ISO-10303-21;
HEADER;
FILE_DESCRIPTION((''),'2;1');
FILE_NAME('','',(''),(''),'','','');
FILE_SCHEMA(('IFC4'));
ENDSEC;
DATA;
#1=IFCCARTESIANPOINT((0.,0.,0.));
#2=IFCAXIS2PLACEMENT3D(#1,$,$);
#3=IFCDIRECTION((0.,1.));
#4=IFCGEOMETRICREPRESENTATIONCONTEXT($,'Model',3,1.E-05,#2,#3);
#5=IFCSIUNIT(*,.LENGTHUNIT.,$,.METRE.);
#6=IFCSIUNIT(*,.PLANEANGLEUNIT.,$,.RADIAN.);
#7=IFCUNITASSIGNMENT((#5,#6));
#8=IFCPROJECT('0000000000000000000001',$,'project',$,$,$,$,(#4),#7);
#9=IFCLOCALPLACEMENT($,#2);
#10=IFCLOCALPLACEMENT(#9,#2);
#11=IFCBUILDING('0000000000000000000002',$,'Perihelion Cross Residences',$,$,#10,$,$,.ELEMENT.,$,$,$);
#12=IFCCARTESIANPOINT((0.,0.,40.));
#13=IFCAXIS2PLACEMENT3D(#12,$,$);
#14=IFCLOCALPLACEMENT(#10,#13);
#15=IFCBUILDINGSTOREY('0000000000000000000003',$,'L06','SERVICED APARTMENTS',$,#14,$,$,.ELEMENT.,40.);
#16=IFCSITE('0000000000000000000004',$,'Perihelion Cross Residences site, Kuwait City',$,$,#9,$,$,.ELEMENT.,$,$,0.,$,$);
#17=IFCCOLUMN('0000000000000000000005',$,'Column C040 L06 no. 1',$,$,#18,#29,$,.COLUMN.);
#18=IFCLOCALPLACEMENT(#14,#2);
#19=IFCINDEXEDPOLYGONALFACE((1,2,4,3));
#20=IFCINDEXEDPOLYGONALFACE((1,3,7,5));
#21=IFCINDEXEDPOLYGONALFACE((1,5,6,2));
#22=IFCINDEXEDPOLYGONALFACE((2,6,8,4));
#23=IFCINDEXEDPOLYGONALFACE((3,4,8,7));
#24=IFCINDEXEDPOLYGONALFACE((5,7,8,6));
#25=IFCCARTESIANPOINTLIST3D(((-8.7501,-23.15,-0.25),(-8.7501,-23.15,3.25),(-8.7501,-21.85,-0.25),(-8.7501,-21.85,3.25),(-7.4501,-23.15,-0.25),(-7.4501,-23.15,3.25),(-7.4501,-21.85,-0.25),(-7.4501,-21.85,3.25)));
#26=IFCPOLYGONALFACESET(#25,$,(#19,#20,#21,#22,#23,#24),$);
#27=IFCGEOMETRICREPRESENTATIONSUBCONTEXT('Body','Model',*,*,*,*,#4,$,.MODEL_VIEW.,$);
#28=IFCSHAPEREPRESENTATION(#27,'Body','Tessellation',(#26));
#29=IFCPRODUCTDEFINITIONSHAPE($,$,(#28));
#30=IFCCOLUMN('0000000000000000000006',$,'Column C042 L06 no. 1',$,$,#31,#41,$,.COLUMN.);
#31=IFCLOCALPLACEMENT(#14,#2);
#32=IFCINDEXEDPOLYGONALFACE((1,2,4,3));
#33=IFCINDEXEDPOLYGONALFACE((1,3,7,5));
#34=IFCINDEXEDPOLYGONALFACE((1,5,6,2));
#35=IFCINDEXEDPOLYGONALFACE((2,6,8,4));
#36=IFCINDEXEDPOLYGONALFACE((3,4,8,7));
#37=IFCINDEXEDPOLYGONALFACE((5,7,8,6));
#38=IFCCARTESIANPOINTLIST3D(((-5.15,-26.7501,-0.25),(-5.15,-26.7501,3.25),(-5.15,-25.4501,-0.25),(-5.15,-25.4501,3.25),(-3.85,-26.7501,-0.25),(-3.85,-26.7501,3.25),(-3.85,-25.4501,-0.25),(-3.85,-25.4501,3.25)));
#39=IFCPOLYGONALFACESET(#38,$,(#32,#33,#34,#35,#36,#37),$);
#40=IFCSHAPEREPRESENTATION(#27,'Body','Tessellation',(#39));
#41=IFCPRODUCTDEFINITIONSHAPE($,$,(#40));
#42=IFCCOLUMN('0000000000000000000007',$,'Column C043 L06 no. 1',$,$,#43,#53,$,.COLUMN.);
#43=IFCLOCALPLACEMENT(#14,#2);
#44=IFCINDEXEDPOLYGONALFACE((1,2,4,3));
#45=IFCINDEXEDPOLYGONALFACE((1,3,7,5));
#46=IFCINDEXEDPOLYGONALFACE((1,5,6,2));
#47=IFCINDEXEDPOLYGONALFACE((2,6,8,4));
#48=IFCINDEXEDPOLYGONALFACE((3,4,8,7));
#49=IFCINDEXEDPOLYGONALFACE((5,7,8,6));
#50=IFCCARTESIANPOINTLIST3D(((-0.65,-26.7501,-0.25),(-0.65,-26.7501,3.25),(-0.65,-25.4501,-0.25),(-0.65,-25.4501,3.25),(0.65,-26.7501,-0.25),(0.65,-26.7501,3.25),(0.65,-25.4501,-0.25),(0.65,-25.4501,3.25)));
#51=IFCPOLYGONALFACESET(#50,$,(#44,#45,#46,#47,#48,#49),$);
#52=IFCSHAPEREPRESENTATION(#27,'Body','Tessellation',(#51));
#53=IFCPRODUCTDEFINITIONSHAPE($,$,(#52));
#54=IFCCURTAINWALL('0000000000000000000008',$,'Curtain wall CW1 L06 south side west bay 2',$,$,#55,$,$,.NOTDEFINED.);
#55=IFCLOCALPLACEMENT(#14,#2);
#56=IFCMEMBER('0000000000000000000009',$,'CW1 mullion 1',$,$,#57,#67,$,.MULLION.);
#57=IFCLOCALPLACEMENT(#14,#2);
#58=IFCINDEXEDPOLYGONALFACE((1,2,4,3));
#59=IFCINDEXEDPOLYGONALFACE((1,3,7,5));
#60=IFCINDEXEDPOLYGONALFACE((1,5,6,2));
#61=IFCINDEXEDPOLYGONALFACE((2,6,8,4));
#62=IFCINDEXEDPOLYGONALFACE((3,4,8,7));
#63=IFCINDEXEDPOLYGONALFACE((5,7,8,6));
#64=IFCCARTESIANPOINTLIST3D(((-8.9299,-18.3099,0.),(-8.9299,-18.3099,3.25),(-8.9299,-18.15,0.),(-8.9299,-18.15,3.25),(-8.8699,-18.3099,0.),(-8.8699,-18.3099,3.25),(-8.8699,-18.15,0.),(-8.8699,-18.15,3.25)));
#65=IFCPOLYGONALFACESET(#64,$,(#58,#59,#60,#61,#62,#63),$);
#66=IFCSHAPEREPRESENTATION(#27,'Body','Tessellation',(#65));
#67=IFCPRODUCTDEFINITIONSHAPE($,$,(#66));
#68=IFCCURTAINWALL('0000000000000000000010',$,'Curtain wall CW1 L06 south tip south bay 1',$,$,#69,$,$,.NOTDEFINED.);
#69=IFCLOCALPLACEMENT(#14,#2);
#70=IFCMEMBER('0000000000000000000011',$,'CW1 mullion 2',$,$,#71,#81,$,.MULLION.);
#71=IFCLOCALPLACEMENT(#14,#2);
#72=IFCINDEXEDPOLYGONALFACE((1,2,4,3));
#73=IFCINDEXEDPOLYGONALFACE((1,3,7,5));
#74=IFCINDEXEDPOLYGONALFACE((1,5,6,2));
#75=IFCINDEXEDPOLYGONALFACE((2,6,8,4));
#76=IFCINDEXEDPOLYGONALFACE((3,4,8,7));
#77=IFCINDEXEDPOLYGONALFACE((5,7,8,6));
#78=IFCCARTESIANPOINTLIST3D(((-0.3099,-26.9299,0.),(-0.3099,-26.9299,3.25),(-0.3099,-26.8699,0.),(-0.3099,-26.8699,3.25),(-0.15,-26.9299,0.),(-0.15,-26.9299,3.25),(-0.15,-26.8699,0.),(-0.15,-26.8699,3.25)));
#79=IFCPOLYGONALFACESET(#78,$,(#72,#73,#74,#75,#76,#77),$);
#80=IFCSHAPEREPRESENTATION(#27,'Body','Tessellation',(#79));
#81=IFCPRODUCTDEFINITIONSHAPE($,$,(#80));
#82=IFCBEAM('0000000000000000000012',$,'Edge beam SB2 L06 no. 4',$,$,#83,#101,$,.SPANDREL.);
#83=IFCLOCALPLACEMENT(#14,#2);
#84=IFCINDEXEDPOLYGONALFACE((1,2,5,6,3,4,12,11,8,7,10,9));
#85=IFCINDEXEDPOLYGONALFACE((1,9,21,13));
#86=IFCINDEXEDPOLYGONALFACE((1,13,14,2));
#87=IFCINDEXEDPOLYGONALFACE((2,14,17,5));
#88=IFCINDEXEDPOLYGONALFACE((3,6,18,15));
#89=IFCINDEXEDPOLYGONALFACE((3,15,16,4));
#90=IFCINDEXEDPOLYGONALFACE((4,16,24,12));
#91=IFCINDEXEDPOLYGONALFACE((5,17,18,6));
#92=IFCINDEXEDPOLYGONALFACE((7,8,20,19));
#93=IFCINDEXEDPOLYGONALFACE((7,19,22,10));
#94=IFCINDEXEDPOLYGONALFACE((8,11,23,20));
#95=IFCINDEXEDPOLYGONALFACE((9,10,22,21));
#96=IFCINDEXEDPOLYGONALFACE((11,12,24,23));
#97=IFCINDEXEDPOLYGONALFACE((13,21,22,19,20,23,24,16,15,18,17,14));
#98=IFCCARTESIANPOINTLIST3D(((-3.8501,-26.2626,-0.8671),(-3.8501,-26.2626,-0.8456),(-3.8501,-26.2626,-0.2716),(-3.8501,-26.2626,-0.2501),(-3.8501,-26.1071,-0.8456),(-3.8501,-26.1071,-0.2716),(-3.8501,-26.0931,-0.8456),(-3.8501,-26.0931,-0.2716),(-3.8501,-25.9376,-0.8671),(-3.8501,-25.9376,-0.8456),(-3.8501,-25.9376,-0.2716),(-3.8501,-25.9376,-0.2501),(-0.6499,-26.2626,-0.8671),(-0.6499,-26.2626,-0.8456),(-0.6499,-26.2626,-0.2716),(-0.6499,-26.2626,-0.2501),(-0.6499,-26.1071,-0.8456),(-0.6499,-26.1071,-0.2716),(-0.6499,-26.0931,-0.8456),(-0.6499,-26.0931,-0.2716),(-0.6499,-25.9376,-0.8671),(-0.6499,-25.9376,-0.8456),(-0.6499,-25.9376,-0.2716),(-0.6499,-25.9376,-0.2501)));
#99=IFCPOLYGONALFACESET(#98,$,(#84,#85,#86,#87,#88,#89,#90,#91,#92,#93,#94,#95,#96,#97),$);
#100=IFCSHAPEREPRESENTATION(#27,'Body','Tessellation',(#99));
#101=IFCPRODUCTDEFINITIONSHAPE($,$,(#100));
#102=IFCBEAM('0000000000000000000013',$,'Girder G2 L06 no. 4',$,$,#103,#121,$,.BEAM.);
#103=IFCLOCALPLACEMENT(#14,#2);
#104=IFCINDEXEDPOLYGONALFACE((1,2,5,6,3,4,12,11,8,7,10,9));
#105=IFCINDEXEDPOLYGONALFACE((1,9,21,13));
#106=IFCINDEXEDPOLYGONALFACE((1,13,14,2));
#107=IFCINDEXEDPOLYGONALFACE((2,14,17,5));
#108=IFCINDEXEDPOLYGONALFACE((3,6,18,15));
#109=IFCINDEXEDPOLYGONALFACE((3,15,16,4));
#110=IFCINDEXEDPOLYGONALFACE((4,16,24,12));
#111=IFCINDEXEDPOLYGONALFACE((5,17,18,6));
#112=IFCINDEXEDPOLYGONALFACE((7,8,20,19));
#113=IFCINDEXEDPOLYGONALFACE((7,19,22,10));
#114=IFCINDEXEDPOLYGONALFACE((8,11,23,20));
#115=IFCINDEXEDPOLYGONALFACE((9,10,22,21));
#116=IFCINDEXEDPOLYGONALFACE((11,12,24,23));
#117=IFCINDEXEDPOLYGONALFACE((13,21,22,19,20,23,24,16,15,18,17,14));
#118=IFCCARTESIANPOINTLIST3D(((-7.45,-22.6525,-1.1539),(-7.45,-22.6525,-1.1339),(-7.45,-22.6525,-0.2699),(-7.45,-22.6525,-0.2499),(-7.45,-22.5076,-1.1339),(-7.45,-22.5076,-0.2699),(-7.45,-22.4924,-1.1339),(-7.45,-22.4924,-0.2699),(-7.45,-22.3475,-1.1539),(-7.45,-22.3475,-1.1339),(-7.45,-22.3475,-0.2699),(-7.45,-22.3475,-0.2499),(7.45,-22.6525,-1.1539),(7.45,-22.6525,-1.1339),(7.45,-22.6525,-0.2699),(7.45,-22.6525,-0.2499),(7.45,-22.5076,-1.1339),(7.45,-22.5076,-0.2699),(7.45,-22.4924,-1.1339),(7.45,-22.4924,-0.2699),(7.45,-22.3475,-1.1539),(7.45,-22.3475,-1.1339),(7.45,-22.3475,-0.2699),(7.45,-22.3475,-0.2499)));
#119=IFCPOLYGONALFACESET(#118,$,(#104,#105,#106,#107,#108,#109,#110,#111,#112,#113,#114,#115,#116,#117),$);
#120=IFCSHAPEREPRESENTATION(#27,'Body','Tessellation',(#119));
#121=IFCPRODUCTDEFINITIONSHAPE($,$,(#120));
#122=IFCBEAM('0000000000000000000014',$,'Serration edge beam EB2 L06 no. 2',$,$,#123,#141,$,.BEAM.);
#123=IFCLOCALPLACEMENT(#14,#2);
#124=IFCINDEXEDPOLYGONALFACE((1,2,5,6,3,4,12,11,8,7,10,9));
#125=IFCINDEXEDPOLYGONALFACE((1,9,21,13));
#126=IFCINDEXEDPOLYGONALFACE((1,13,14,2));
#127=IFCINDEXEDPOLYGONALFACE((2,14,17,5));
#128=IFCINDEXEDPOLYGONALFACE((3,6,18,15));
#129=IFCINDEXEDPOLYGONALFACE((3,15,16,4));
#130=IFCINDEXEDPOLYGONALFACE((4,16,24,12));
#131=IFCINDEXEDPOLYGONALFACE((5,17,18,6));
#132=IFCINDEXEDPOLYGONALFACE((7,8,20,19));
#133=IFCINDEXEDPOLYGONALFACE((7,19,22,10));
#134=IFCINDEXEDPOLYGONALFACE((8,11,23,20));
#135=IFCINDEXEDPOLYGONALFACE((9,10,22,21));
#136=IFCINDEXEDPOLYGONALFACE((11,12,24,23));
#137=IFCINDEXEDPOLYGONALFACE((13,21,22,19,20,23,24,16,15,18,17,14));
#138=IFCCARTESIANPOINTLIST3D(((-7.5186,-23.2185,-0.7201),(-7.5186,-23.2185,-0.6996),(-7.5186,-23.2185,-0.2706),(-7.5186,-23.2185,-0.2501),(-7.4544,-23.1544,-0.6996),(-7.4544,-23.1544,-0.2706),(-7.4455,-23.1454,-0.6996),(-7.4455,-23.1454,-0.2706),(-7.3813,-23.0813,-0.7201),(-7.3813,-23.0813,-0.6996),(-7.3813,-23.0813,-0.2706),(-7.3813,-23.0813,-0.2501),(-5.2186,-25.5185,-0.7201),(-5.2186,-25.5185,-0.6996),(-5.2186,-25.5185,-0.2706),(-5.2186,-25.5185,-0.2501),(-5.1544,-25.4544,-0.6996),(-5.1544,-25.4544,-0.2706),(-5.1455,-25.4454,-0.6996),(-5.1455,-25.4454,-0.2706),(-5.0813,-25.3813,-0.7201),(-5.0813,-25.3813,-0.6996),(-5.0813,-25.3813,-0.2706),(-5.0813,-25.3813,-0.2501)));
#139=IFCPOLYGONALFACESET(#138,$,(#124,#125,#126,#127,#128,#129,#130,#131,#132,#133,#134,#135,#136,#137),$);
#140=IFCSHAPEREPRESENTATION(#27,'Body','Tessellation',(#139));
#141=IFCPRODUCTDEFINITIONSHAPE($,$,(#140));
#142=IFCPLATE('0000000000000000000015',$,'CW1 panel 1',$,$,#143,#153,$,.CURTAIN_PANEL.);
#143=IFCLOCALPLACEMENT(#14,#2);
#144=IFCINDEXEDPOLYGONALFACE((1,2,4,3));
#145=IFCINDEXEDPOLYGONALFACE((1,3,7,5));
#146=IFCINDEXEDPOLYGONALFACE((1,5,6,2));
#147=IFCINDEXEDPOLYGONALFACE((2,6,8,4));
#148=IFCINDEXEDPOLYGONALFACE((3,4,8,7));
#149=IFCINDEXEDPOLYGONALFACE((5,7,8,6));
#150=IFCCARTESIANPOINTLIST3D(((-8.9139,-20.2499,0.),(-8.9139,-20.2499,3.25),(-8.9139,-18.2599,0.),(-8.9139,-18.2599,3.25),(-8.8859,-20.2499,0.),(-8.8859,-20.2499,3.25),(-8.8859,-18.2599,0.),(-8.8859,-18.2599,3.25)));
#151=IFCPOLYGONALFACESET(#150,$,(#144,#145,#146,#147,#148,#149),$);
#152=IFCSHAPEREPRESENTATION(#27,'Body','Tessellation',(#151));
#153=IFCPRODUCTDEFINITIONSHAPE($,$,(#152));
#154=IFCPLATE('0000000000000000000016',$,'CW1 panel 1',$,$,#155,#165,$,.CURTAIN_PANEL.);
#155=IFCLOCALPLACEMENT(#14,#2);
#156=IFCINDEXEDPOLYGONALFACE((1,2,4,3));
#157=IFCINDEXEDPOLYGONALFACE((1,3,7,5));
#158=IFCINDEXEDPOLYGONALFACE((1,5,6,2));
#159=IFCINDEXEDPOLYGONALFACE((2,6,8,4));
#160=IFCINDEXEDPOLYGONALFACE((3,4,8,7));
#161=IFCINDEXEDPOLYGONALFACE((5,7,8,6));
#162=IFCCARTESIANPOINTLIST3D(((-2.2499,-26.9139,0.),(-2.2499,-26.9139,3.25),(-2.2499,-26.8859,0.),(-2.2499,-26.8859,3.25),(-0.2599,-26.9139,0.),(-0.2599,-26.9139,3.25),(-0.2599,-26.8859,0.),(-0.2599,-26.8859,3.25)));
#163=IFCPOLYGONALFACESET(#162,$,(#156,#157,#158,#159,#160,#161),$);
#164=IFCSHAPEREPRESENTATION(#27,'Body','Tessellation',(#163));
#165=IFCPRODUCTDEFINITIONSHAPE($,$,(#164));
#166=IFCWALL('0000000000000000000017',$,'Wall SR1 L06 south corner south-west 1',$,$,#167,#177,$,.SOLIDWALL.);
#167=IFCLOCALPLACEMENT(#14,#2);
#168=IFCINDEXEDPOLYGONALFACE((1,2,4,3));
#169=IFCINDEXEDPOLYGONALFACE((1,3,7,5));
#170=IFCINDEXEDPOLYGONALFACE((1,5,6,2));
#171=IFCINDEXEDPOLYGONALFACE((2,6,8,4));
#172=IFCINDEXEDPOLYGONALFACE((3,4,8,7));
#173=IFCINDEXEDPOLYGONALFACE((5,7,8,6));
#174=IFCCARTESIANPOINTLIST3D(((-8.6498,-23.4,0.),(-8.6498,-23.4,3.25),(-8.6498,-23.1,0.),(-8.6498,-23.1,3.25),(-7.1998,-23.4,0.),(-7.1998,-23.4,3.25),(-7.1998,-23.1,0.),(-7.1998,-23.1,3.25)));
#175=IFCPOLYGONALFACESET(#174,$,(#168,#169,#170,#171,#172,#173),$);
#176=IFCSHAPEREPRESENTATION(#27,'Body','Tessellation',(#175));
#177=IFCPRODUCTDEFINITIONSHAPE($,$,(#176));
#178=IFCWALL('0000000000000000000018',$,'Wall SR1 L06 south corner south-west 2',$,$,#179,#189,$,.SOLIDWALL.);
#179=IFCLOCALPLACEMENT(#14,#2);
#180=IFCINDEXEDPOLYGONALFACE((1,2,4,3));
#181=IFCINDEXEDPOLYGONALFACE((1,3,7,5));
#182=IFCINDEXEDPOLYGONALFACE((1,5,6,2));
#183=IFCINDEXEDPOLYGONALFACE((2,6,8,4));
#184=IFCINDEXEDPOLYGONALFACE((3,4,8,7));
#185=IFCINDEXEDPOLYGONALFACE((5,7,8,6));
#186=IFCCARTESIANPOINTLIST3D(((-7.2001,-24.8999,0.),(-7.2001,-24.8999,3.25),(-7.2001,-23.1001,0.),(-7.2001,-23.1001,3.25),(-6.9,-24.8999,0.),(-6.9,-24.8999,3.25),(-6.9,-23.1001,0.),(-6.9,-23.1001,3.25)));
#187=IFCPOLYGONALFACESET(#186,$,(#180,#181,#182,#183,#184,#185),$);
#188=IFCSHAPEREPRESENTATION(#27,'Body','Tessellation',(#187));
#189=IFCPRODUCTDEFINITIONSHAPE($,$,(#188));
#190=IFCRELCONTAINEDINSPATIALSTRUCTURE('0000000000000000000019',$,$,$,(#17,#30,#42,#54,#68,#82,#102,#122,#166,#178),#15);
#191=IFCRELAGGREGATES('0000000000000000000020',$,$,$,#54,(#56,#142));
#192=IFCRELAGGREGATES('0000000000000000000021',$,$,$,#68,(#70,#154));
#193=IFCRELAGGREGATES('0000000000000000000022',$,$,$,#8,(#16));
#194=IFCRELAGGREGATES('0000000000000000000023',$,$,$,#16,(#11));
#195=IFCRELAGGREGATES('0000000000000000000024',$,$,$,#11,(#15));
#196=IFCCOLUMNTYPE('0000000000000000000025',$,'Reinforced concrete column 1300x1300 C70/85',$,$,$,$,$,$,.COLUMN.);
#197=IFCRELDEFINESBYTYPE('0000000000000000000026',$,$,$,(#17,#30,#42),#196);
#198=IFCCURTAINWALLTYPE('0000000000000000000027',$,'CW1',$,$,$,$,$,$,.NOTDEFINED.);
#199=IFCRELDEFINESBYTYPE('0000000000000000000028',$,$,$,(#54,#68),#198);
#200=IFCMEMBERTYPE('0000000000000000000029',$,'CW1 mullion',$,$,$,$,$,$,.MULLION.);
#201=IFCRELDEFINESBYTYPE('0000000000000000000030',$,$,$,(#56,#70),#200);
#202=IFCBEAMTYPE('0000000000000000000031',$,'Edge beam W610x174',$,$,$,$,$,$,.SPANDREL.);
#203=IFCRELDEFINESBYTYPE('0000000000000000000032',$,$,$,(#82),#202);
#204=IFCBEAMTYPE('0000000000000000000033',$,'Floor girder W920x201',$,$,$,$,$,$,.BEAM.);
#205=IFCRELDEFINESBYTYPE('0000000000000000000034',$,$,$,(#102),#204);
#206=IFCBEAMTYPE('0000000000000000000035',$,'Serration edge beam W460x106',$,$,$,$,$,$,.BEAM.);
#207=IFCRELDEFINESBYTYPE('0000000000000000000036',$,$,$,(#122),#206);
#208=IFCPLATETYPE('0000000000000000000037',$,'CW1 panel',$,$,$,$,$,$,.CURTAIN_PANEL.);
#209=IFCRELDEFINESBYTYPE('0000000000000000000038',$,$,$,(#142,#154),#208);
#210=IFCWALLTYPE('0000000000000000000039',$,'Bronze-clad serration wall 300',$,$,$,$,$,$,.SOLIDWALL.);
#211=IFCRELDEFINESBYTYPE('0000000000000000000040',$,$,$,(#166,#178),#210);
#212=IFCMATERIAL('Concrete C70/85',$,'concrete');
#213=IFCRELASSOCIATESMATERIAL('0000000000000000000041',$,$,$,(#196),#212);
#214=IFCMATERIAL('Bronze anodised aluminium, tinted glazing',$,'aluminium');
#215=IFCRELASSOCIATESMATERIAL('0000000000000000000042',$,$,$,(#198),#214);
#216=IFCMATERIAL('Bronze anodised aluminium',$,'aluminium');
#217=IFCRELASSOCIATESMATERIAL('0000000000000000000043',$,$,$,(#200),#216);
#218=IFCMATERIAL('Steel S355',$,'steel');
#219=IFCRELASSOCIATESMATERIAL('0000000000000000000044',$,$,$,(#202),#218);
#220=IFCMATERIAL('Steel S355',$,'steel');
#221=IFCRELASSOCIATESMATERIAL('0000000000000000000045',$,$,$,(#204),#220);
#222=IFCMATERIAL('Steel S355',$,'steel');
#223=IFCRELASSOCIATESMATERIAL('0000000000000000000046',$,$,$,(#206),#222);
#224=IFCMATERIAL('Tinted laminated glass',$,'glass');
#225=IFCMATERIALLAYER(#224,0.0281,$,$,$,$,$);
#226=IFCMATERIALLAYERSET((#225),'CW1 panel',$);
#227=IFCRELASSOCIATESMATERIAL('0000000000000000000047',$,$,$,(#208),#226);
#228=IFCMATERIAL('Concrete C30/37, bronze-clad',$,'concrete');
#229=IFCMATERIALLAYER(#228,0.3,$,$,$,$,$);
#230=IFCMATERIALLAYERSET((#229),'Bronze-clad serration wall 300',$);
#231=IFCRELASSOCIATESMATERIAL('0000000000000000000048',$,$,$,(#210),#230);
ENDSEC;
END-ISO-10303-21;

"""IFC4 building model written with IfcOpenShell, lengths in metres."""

from ifc_helpers import new_model, si_unit, direction, frame, frame_2d, origin, origin_2d, place, context, subcontext, project, spatial, rectangle, i_section, extrude, material, layer, layer_set, material_profile, profile_set, type_object, element, aggregate, save


model = new_model("IFC4")

# Units and contexts
model_context = context("Model", 3, precision=1e-05, world=origin(), true_north=direction((0.0, 1.0)))
body_context = subcontext(model_context, "Body", "Model", "MODEL_VIEW")
ifc_project = project(units=[si_unit("LENGTHUNIT", "METRE"), si_unit("PLANEANGLEUNIT", "RADIAN")], contexts=[model_context])

# Site, building, storey
site_placement = place(None, origin())
site = spatial("IfcSite", under=ifc_project, at=site_placement, Name="Perihelion Cross Residences site, Kuwait City", CompositionType="ELEMENT", RefElevation=0.0)
building_placement = place(site_placement, origin())
building = spatial("IfcBuilding", under=site, at=building_placement, Name="Perihelion Cross Residences", CompositionType="ELEMENT")
storey_placement = place(building_placement, frame((0.0, 0.0, 40.0)))
storey = spatial("IfcBuildingStorey", under=building, at=storey_placement, Name="L06", Description="SERVICED APARTMENTS", CompositionType="ELEMENT", Elevation=40.0)

# Columns
ifc_material_1 = material(Name="Concrete C70/85", Category="concrete")
ifc_material_profile_1 = material_profile(ifc_material_1, rectangle(XDim=1.3, YDim=1.3, at=origin_2d()), Name="RC 1300x1300")
ifc_profile_set_1 = profile_set([ifc_material_profile_1], Name="Concrete C70/85")
column_type = type_object("IfcColumnType", Name="Reinforced concrete column 1300x1300 C70/85", PredefinedType="COLUMN", material=ifc_profile_set_1)
for number, where, z_axis, x_axis, name in (
    (1, (-8.1001, -22.5, -0.25), (0.0, 0.0, 1.0), (1.0, 0.0, 0.0), "Column C040 L06 no. 1"),
    (2, (-4.5, -26.1001, -0.25), (0.0, 0.0, 1.0), (1.0, 0.0, 0.0), "Column C042 L06 no. 1"),
    (3, (0.0, -26.1001, -0.25), (0.0, 0.0, 1.0), (1.0, 0.0, 0.0), "Column C043 L06 no. 1"),
):
    element("IfcColumn", number, at=place(storey_placement, frame(where, z_axis=z_axis, x_axis=x_axis)), inside=storey, type_object=column_type, Name=name, PredefinedType="COLUMN", context=body_context, shape_type="SweptSolid", body=[
        extrude(rectangle(XDim=1.3, YDim=1.3, at=origin_2d()), origin(), (0.0, 0.0, 1.0), 3.5),
    ])

# Curtain walls, members
ifc_material_2 = material(Name="Bronze anodised aluminium, tinted glazing", Category="aluminium")
curtain_wall_type = type_object("IfcCurtainWallType", Name="CW1", PredefinedType="NOTDEFINED", material=ifc_material_2)
curtain_wall_1_placement = place(storey_placement, origin())
curtain_wall_1 = element("IfcCurtainWall", 4, at=curtain_wall_1_placement, inside=storey, type_object=curtain_wall_type, Name="Curtain wall CW1 L06 south side west bay 2", PredefinedType="NOTDEFINED")
ifc_material_3 = material(Name="Bronze anodised aluminium", Category="aluminium")
ifc_material_profile_2 = material_profile(ifc_material_3, rectangle(XDim=0.0601, YDim=0.1599, at=origin_2d()), Name="CW1 mullion")
ifc_profile_set_2 = profile_set([ifc_material_profile_2], Name="Bronze anodised aluminium")
member_type = type_object("IfcMemberType", Name="CW1 mullion", PredefinedType="MULLION", material=ifc_profile_set_2)
member_1_placement = place(storey_placement, frame((-8.8999, -18.23, 0.0), z_axis=(0.0, 0.0, 1.0), x_axis=(1.0, 0.0, 0.0)))
member_1 = element("IfcMember", 5, at=member_1_placement, type_object=member_type, Name="CW1 mullion 1", PredefinedType="MULLION", context=body_context, shape_type="SweptSolid", body=[
    extrude(rectangle(XDim=0.0601, YDim=0.1599, at=origin_2d()), origin(), (0.0, 0.0, 1.0), 3.25),
])
curtain_wall_2_placement = place(storey_placement, origin())
curtain_wall_2 = element("IfcCurtainWall", 6, at=curtain_wall_2_placement, inside=storey, type_object=curtain_wall_type, Name="Curtain wall CW1 L06 south tip south bay 1", PredefinedType="NOTDEFINED")
member_2_placement = place(storey_placement, frame((-0.23, -26.8999, 0.0), z_axis=(0.0, 0.0, 1.0), x_axis=(0.0, 1.0, 0.0)))
member_2 = element("IfcMember", 7, at=member_2_placement, type_object=member_type, Name="CW1 mullion 2", PredefinedType="MULLION", context=body_context, shape_type="SweptSolid", body=[
    extrude(rectangle(XDim=0.0601, YDim=0.1599, at=origin_2d()), origin(), (0.0, 0.0, 1.0), 3.25),
])

# Beams
ifc_material_4 = material(Name="Steel S355", Category="steel")
ifc_material_profile_3 = material_profile(ifc_material_4, i_section(OverallWidth=0.325, OverallDepth=0.6169, WebThickness=0.0139, FlangeThickness=0.0215, at=origin_2d()), Name="W610x174")
ifc_profile_set_3 = profile_set([ifc_material_profile_3], Name="Steel S355")
beam_type_1 = type_object("IfcBeamType", Name="Edge beam W610x174", PredefinedType="SPANDREL", material=ifc_profile_set_3)
beam_1_placement = place(storey_placement, frame((-3.8501, -26.1001, -0.5586), z_axis=(1.0, 0.0, 0.0), x_axis=(0.0, 1.0, 0.0)))
element("IfcBeam", 8, at=beam_1_placement, inside=storey, type_object=beam_type_1, Name="Edge beam SB2 L06 no. 4", PredefinedType="SPANDREL", context=body_context, shape_type="SweptSolid", body=[
    extrude(i_section(OverallWidth=0.325, OverallDepth=0.6169, WebThickness=0.0139, FlangeThickness=0.0215, at=origin_2d()), origin(), (0.0, 0.0, 1.0), 3.2002),
])
ifc_material_5 = material(Name="Steel S355", Category="steel")
ifc_material_profile_4 = material_profile(ifc_material_5, i_section(OverallWidth=0.3049, OverallDepth=0.9041, WebThickness=0.0151, FlangeThickness=0.02, at=origin_2d()), Name="W920x201")
ifc_profile_set_4 = profile_set([ifc_material_profile_4], Name="Steel S355")
beam_type_2 = type_object("IfcBeamType", Name="Floor girder W920x201", PredefinedType="BEAM", material=ifc_profile_set_4)
beam_2_placement = place(storey_placement, frame((-7.45, -22.5, -0.7019), z_axis=(1.0, 0.0, 0.0), x_axis=(0.0, 1.0, 0.0)))
element("IfcBeam", 9, at=beam_2_placement, inside=storey, type_object=beam_type_2, Name="Girder G2 L06 no. 4", PredefinedType="BEAM", context=body_context, shape_type="SweptSolid", body=[
    extrude(i_section(OverallWidth=0.3049, OverallDepth=0.9041, WebThickness=0.0151, FlangeThickness=0.02, at=origin_2d()), origin(), (0.0, 0.0, 1.0), 14.8999),
])
ifc_material_6 = material(Name="Steel S355", Category="steel")
ifc_material_profile_5 = material_profile(ifc_material_6, i_section(OverallWidth=0.1941, OverallDepth=0.47, WebThickness=0.0127, FlangeThickness=0.0205, at=origin_2d()), Name="W460x106")
ifc_profile_set_5 = profile_set([ifc_material_profile_5], Name="Steel S355")
beam_type_3 = type_object("IfcBeamType", Name="Serration edge beam W460x106", PredefinedType="BEAM", material=ifc_profile_set_5)
beam_3_placement = place(storey_placement, frame((-7.45, -23.1499, -0.4851), z_axis=(0.707107, -0.707107, 0.0), x_axis=(0.707107, 0.707107, 0.0)))
element("IfcBeam", 10, at=beam_3_placement, inside=storey, type_object=beam_type_3, Name="Serration edge beam EB2 L06 no. 2", PredefinedType="BEAM", context=body_context, shape_type="SweptSolid", body=[
    extrude(i_section(OverallWidth=0.1941, OverallDepth=0.47, WebThickness=0.0127, FlangeThickness=0.0205, at=origin_2d()), origin(), (0.0, 0.0, 1.0), 3.2527),
])

# Plates
ifc_material_7 = material(Name="Tinted laminated glass", Category="glass")
ifc_layer_1 = layer(ifc_material_7, 0.0281)
ifc_layer_set_1 = layer_set([ifc_layer_1], Name="CW1 panel")
plate_type = type_object("IfcPlateType", Name="CW1 panel", PredefinedType="CURTAIN_PANEL", material=ifc_layer_set_1)
plate_1_placement = place(storey_placement, frame((-8.8999, -19.2549, 0.0), z_axis=(0.0, 0.0, 1.0), x_axis=(0.0, -1.0, 0.0)))
plate_1 = element("IfcPlate", 11, at=plate_1_placement, type_object=plate_type, Name="CW1 panel 1", PredefinedType="CURTAIN_PANEL", context=body_context, shape_type="SweptSolid", body=[
    extrude(rectangle(XDim=1.99, YDim=0.0281, at=origin_2d()), origin(), (0.0, 0.0, 1.0), 3.25),
])
aggregate(curtain_wall_1, [member_1, plate_1])
plate_2_placement = place(storey_placement, frame((-1.2549, -26.8999, 0.0), z_axis=(0.0, 0.0, 1.0), x_axis=(1.0, 0.0, 0.0)))
plate_2 = element("IfcPlate", 12, at=plate_2_placement, type_object=plate_type, Name="CW1 panel 1", PredefinedType="CURTAIN_PANEL", context=body_context, shape_type="SweptSolid", body=[
    extrude(rectangle(XDim=1.99, YDim=0.0281, at=origin_2d()), origin(), (0.0, 0.0, 1.0), 3.25),
])
aggregate(curtain_wall_2, [member_2, plate_2])

# Walls
ifc_material_8 = material(Name="Concrete C30/37, bronze-clad", Category="concrete")
ifc_layer_2 = layer(ifc_material_8, 0.3)
ifc_layer_set_2 = layer_set([ifc_layer_2], Name="Bronze-clad serration wall 300")
wall_type_1 = type_object("IfcWallType", Name="Bronze-clad serration wall 300", PredefinedType="SOLIDWALL", material=ifc_layer_set_2)
wall_1_placement = place(storey_placement, frame((-8.6499, -23.25, 0.0), z_axis=(0.0, 0.0, 1.0), x_axis=(1.0, 0.0, 0.0)))
element("IfcWall", 13, at=wall_1_placement, inside=storey, type_object=wall_type_1, Name="Wall SR1 L06 south corner south-west 1", PredefinedType="SOLIDWALL", context=body_context, shape_type="SweptSolid", body=[
    extrude(rectangle(XDim=1.45, YDim=0.3, at=frame_2d((0.7251, 0.0))), origin(), (0.0, 0.0, 1.0), 3.25),
])
wall_2_placement = place(storey_placement, frame((-7.05, -23.1001, 0.0), z_axis=(0.0, 0.0, 1.0), x_axis=(0.0, -1.0, 0.0)))
element("IfcWall", 14, at=wall_2_placement, inside=storey, type_object=wall_type_1, Name="Wall SR1 L06 south corner south-west 2", PredefinedType="SOLIDWALL", context=body_context, shape_type="SweptSolid", body=[
    extrude(rectangle(XDim=1.7998, YDim=0.3, at=frame_2d((0.8999, 0.0))), origin(), (0.0, 0.0, 1.0), 3.25),
])

save(model, "model.ifc")
